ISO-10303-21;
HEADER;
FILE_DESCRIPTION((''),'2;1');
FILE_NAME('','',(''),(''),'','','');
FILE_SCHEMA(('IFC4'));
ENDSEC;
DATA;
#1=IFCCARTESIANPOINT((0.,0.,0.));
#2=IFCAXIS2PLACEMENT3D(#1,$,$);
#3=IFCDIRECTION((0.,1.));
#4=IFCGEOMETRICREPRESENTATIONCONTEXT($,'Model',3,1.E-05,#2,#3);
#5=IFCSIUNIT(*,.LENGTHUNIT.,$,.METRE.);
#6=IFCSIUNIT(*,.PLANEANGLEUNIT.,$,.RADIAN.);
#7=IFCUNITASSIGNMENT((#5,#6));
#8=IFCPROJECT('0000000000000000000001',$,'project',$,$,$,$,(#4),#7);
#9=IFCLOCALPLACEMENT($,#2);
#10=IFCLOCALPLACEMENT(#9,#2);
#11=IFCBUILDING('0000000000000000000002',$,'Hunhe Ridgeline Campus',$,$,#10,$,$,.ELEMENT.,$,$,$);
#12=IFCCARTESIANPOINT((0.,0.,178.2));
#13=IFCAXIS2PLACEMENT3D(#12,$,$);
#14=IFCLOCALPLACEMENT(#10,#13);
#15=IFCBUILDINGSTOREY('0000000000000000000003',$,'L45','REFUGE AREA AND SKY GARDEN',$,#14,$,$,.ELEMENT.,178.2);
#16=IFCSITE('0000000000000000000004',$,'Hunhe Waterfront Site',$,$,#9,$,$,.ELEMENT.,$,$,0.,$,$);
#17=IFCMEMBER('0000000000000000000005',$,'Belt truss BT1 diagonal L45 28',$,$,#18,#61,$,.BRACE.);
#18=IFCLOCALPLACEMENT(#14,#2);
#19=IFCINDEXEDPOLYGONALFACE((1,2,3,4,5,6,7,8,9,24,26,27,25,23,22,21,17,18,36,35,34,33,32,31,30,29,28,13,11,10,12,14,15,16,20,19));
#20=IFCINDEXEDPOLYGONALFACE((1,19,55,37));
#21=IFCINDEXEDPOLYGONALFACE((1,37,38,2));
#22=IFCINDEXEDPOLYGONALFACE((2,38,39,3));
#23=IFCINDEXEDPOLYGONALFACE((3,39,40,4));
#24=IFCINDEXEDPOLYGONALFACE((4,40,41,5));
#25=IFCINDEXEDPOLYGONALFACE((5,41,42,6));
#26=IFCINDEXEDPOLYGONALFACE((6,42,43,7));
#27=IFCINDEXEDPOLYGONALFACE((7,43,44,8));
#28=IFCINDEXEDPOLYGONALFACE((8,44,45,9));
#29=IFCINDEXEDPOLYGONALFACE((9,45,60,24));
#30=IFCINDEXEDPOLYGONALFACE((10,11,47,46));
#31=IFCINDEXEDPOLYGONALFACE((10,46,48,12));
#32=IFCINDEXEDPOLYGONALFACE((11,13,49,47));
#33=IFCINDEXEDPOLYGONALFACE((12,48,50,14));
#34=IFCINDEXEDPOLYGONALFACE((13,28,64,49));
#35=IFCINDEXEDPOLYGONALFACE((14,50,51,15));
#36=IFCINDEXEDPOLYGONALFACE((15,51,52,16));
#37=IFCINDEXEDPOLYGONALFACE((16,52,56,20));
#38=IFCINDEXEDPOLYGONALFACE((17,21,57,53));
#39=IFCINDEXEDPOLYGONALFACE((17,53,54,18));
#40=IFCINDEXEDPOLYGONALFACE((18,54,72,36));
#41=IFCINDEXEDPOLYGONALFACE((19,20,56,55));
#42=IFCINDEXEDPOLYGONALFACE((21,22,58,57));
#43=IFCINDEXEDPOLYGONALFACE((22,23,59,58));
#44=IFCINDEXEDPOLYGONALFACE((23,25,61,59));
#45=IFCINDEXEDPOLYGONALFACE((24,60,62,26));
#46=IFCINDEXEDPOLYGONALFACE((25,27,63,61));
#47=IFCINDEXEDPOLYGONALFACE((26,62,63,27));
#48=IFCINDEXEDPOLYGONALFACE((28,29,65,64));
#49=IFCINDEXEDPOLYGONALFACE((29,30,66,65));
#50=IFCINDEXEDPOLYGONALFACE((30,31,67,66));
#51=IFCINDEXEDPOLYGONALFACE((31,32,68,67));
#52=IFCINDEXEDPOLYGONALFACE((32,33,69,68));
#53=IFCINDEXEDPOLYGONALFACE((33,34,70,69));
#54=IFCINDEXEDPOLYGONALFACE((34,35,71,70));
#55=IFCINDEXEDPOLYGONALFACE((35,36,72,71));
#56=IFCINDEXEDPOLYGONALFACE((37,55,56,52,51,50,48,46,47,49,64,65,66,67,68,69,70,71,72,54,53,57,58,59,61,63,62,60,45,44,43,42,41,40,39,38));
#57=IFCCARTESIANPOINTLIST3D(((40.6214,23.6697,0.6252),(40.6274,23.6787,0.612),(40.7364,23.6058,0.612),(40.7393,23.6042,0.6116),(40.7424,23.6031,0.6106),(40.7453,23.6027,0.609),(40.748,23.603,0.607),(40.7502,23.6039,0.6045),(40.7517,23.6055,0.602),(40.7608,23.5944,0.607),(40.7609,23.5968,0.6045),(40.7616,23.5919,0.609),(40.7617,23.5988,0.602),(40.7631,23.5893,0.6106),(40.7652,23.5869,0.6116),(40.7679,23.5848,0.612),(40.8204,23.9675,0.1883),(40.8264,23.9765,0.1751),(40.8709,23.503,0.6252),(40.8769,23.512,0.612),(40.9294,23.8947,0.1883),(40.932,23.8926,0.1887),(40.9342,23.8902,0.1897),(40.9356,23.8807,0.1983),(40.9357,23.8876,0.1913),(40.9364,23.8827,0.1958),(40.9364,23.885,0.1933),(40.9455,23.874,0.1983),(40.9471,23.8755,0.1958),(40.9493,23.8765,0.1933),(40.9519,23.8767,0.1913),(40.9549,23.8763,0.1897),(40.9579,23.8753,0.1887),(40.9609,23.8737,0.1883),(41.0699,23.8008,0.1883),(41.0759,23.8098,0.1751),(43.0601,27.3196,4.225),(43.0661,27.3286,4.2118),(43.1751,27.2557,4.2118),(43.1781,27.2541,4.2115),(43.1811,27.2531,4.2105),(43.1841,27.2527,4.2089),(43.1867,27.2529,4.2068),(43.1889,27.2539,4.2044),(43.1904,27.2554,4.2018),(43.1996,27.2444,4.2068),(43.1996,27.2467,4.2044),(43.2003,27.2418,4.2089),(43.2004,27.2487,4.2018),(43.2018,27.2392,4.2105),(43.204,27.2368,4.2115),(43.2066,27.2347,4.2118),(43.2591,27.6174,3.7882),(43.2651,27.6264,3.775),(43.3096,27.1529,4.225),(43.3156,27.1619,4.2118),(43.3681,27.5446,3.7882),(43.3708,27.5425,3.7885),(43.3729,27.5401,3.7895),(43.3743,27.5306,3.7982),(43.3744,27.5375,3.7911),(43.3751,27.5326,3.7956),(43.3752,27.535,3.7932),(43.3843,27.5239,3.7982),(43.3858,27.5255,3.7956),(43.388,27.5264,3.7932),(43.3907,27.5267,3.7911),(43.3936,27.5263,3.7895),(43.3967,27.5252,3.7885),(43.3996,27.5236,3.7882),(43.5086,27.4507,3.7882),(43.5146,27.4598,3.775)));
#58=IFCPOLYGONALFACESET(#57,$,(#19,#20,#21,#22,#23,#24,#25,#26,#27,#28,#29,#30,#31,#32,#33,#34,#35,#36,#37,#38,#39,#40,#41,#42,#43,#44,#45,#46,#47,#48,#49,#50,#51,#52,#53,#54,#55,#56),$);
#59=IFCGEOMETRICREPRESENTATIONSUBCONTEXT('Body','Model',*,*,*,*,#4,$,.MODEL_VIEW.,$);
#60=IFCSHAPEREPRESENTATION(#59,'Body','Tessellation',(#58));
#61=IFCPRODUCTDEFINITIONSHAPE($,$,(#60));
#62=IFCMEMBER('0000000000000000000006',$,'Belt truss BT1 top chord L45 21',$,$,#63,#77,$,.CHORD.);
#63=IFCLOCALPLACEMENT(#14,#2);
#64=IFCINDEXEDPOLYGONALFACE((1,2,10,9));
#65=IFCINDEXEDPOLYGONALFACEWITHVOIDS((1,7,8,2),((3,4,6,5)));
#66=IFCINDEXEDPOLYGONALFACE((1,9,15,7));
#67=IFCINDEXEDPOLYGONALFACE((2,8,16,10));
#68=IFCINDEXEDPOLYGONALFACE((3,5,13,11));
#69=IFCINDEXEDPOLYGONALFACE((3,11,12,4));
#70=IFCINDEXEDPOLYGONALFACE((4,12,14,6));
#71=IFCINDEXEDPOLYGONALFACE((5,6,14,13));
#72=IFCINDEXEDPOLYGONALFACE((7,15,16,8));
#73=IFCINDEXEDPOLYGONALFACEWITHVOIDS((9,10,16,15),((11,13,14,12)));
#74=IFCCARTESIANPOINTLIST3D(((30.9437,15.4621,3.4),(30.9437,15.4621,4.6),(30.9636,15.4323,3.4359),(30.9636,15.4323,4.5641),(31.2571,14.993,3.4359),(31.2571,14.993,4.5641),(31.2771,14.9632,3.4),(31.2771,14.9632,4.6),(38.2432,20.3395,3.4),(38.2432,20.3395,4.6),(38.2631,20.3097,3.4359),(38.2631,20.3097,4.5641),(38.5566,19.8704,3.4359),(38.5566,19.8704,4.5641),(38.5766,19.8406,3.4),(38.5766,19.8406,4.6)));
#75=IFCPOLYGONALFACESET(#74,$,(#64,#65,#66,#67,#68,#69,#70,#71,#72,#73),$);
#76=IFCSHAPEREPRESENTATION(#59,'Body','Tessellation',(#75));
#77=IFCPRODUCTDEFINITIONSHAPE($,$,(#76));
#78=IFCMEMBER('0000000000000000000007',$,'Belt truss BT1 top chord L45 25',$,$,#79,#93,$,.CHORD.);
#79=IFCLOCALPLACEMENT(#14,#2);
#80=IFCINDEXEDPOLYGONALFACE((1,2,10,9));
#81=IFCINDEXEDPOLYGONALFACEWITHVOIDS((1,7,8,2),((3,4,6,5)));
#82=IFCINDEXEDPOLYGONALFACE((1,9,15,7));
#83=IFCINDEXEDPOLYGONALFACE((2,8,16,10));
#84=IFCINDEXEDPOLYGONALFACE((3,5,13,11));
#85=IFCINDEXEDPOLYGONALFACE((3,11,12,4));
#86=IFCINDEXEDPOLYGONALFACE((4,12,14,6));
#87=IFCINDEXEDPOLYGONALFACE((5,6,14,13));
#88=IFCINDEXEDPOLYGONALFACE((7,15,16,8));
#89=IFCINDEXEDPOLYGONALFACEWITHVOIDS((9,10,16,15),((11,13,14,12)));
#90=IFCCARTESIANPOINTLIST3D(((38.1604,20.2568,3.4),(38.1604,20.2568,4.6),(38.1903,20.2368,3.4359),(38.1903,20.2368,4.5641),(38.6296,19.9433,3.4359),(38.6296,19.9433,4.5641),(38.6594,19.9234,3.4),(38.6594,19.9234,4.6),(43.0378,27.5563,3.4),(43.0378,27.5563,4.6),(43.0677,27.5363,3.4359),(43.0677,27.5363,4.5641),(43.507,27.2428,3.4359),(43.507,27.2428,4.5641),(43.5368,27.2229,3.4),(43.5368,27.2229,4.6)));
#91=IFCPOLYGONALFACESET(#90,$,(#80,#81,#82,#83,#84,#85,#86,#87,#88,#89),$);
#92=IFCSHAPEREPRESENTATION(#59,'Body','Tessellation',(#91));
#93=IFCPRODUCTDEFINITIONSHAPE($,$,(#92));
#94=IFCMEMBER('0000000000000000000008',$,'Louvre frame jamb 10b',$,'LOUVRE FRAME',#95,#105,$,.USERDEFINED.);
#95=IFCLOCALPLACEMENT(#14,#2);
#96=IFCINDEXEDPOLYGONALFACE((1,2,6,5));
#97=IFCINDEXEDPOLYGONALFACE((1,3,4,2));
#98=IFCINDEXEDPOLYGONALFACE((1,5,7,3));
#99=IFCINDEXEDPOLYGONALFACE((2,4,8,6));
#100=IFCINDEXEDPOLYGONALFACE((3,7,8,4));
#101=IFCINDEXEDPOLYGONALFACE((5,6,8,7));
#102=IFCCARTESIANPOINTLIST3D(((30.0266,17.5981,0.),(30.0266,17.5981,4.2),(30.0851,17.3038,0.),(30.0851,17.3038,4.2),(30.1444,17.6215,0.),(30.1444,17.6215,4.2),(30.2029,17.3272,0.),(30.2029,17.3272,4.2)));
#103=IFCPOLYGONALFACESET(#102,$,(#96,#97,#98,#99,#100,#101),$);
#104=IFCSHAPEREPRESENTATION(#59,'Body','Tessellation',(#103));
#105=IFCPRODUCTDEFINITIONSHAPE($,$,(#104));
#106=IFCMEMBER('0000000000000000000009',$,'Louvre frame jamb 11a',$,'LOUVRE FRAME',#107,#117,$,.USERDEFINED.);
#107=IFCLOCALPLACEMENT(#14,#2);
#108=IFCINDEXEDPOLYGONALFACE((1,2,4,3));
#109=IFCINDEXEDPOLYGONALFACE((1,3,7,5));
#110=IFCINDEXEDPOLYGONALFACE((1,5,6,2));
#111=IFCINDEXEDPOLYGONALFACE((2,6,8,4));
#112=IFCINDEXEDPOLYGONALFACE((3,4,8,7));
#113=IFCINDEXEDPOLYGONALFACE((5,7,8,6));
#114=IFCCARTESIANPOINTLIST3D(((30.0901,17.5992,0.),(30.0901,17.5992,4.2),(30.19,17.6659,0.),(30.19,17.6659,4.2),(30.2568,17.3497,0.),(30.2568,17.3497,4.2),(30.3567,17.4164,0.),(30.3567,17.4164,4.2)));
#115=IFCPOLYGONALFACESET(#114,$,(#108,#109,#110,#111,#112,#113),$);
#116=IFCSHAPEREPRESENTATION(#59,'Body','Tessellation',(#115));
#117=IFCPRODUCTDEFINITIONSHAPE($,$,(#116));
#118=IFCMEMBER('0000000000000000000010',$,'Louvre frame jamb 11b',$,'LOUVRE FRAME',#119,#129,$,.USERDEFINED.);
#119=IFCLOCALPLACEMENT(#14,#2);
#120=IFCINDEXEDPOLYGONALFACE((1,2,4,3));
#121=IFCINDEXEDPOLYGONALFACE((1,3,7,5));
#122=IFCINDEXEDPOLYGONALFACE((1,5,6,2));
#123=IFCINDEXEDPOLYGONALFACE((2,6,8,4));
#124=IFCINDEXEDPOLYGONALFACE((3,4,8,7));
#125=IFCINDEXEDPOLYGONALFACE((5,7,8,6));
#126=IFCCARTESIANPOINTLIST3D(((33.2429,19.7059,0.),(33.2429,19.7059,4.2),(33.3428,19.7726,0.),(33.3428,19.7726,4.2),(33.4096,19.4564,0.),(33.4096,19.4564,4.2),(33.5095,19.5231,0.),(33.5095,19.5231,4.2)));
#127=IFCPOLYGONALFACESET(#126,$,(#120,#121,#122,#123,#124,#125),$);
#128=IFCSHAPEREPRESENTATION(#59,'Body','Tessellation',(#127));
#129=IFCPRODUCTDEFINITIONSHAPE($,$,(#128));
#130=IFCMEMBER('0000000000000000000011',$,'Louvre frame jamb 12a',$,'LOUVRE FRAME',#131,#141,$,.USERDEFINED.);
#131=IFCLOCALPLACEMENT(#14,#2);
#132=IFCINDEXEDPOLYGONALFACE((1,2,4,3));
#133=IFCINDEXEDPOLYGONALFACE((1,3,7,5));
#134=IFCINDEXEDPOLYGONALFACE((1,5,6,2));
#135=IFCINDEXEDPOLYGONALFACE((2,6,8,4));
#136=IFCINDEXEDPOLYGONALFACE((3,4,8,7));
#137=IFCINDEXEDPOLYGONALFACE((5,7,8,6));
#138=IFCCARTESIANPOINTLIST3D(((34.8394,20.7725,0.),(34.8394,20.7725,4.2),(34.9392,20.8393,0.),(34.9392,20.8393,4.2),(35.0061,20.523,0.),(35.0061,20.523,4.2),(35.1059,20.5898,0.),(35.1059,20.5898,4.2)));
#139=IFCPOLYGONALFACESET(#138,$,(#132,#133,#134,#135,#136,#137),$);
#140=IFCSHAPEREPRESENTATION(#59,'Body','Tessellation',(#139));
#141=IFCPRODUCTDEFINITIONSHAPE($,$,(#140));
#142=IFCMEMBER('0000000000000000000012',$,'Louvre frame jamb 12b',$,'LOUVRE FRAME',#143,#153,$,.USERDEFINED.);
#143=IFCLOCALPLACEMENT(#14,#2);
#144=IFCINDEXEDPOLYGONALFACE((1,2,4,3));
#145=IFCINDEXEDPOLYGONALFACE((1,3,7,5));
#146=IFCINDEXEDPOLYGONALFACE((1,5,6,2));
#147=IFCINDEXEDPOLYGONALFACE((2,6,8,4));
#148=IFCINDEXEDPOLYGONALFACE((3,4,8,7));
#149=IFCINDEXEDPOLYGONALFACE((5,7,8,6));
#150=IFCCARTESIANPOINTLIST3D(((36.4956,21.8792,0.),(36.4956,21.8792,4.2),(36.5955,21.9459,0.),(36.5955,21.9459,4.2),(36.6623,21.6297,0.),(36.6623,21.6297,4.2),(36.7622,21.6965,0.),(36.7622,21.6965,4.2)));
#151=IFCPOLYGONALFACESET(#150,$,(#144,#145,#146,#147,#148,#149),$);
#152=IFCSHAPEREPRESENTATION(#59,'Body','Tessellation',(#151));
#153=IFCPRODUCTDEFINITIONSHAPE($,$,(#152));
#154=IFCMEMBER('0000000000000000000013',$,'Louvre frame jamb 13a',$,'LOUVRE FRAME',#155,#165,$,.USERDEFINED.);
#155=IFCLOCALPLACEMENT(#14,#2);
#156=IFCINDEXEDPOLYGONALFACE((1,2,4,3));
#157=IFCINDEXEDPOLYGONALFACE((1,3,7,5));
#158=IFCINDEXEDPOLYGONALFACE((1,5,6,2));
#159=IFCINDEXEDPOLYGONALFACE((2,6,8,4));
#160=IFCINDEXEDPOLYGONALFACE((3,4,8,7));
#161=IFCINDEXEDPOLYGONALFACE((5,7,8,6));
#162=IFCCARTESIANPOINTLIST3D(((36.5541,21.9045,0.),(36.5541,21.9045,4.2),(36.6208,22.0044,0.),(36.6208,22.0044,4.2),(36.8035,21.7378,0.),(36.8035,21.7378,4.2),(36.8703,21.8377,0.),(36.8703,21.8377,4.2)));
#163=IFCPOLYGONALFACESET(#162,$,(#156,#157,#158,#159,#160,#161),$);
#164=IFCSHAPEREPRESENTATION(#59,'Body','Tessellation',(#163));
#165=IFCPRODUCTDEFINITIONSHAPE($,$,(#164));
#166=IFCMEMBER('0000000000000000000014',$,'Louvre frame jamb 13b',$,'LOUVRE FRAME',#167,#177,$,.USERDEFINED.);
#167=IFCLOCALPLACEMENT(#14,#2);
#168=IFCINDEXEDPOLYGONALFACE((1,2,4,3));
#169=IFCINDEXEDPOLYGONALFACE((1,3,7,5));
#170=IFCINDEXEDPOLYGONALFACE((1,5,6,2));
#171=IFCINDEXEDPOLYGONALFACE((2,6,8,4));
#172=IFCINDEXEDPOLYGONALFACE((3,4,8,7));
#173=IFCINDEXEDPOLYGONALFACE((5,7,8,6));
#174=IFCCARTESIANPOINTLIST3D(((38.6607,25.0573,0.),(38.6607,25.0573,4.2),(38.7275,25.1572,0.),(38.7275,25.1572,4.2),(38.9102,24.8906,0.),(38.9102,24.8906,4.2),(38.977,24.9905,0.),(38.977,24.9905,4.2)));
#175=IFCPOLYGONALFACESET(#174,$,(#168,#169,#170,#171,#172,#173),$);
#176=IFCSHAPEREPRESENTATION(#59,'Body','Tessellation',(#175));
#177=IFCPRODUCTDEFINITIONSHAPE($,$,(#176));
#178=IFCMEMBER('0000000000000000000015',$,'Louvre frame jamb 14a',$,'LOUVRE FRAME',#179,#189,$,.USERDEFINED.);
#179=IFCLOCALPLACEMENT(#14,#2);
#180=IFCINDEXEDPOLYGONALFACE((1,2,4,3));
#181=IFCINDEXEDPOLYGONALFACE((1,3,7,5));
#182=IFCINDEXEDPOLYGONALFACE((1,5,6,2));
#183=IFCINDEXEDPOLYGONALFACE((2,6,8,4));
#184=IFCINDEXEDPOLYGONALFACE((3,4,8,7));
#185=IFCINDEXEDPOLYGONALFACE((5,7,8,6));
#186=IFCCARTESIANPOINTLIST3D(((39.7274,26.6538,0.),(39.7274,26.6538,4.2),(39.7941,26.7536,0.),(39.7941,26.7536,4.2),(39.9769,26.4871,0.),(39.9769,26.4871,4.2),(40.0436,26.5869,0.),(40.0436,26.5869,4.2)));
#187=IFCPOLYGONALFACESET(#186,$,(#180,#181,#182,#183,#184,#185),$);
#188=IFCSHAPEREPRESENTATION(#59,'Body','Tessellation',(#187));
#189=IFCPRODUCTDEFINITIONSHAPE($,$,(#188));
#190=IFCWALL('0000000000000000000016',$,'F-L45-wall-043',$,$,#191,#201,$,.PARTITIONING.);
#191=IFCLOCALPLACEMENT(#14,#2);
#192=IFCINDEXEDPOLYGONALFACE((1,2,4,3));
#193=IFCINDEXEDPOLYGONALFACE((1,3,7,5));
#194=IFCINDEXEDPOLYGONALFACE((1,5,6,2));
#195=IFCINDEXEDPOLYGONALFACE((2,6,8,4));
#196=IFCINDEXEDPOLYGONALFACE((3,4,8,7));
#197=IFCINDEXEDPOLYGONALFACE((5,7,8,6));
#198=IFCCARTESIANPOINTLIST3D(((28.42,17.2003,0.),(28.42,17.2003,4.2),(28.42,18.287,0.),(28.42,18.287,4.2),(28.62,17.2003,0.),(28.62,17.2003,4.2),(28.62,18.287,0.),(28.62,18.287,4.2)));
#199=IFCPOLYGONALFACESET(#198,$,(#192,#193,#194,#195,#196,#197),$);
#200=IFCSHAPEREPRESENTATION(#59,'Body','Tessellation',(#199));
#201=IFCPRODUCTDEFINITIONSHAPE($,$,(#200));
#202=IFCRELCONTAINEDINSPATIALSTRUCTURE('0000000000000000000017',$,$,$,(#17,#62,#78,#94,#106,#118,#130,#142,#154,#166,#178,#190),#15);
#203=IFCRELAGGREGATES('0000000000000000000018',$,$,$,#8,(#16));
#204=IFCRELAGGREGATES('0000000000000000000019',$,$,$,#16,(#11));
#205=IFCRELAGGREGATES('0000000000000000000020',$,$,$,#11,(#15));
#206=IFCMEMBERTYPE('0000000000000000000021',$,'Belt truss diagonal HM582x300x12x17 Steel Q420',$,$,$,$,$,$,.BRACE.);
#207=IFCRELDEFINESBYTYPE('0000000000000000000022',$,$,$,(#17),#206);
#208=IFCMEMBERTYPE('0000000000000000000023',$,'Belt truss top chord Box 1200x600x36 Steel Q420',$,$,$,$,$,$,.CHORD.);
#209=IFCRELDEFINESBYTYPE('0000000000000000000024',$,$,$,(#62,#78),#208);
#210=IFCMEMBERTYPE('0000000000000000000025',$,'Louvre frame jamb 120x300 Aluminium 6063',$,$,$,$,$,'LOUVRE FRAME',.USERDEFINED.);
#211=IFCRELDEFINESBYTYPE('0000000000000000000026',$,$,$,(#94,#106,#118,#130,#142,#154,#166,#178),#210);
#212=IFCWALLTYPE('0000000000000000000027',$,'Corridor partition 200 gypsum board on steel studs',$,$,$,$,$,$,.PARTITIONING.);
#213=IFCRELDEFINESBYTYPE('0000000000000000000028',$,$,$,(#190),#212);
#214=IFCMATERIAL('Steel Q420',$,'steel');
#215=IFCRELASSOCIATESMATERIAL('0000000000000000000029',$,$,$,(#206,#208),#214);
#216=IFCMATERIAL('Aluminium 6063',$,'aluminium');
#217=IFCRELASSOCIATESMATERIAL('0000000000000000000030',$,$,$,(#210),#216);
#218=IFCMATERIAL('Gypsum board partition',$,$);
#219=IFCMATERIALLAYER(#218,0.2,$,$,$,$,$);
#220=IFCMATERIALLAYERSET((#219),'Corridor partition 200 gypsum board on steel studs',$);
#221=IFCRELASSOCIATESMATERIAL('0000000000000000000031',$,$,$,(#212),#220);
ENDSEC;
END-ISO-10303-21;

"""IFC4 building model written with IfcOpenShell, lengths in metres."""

from ifc_helpers import new_model, si_unit, direction, frame, frame_2d, origin, origin_2d, place, context, subcontext, project, spatial, rectangle, hollow_rectangle, i_section, extrude, material, layer, layer_set, material_profile, profile_set, type_object, element, save


model = new_model("IFC4")

# Units and contexts
model_context = context("Model", 3, precision=1e-05, world=origin(), true_north=direction((0.0, 1.0)))
body_context = subcontext(model_context, "Body", "Model", "MODEL_VIEW")
ifc_project = project(units=[si_unit("LENGTHUNIT", "METRE"), si_unit("PLANEANGLEUNIT", "RADIAN")], contexts=[model_context])

# Site, building, storey
site_placement = place(None, origin())
site = spatial("IfcSite", under=ifc_project, at=site_placement, Name="Hunhe Waterfront Site", CompositionType="ELEMENT", RefElevation=0.0)
building_placement = place(site_placement, origin())
building = spatial("IfcBuilding", under=site, at=building_placement, Name="Hunhe Ridgeline Campus", CompositionType="ELEMENT")
storey_placement = place(building_placement, frame((0.0, 0.0, 178.2)))
storey = spatial("IfcBuildingStorey", under=building, at=storey_placement, Name="L45", Description="REFUGE AREA AND SKY GARDEN", CompositionType="ELEMENT", Elevation=178.2)

# Members
ifc_material_1 = material(Name="Steel Q420", Category="steel")
ifc_material_profile_1 = material_profile(ifc_material_1, i_section(OverallWidth=0.3, OverallDepth=0.582, WebThickness=0.012, FlangeThickness=0.0171, FilletRadius=0.0129, at=origin_2d()))
ifc_profile_set_1 = profile_set([ifc_material_profile_1], Name="Steel Q420")
member_type_1 = type_object("IfcMemberType", Name="Belt truss diagonal HM582x300x12x17 Steel Q420", PredefinedType="BRACE", material=ifc_profile_set_1)
member_1_placement = place(storey_placement, frame((40.8486, 23.7397, 0.4001), z_axis=(0.429581, 0.64293, 0.634114), x_axis=(-0.831477, 0.55556, 0.0)))
element("IfcMember", 1, at=member_1_placement, inside=storey, type_object=member_type_1, Name="Belt truss BT1 diagonal L45 28", PredefinedType="BRACE", context=body_context, shape_type="SweptSolid", body=[
    extrude(i_section(OverallWidth=0.3, OverallDepth=0.582, WebThickness=0.012, FlangeThickness=0.0171, FilletRadius=0.0129, at=origin_2d()), origin(), (0.0, 0.0, 1.0), 5.677),
])
ifc_material_profile_2 = material_profile(ifc_material_1, hollow_rectangle(XDim=0.6001, YDim=1.2, WallThickness=0.0359, at=origin_2d()))
ifc_profile_set_2 = profile_set([ifc_material_profile_2], Name="Steel Q420")
member_type_2 = type_object("IfcMemberType", Name="Belt truss top chord Box 1200x600x36 Steel Q420", PredefinedType="CHORD", material=ifc_profile_set_2)
for number, where, z_axis, x_axis, name in (
    (2, (31.1104, 15.2126, 4.0), (0.831468, 0.555573, 0.0), (-0.555573, 0.831468, 0.0), "Belt truss BT1 top chord L45 21"),
    (3, (38.4099, 20.0901, 4.0), (0.555573, 0.831468, 0.0), (-0.831468, 0.555573, 0.0), "Belt truss BT1 top chord L45 25"),
):
    element("IfcMember", number, at=place(storey_placement, frame(where, z_axis=z_axis, x_axis=x_axis)), inside=storey, type_object=member_type_2, Name=name, PredefinedType="CHORD", context=body_context, shape_type="SweptSolid", body=[
        extrude(hollow_rectangle(XDim=0.6001, YDim=1.2, WallThickness=0.0359, at=origin_2d()), origin(), (0.0, 0.0, 1.0), 8.7791),
    ])
ifc_material_2 = material(Name="Aluminium 6063", Category="aluminium")
ifc_material_profile_3 = material_profile(ifc_material_2, rectangle(XDim=0.3, YDim=0.1201, at=origin_2d()))
ifc_profile_set_3 = profile_set([ifc_material_profile_3], Name="Aluminium 6063")
member_type_3 = type_object("IfcMemberType", Name="Louvre frame jamb 120x300 Aluminium 6063", ElementType="LOUVRE FRAME", PredefinedType="USERDEFINED", material=ifc_profile_set_3)
for number, where, z_axis, x_axis, name in (
    (4, (30.1147, 17.4626, 0.0), (0.0, 0.0, 1.0), (-0.19509, 0.980785, 0.0), "Louvre frame jamb 10b"),
    (5, (30.2234, 17.5078, 0.0), (0.0, 0.0, 1.0), (-0.55557, 0.83147, 0.0), "Louvre frame jamb 11a"),
    (6, (33.3762, 19.6145, 0.0), (0.0, 0.0, 1.0), (-0.55557, 0.83147, 0.0), "Louvre frame jamb 11b"),
    (7, (34.9727, 20.6812, 0.0), (0.0, 0.0, 1.0), (-0.55557, 0.83147, 0.0), "Louvre frame jamb 12a"),
    (8, (36.6289, 21.7878, 0.0), (0.0, 0.0, 1.0), (-0.55557, 0.83147, 0.0), "Louvre frame jamb 12b"),
    (9, (36.7122, 21.8711, 0.0), (0.0, 0.0, 1.0), (-0.83147, 0.55557, 0.0), "Louvre frame jamb 13a"),
    (10, (38.8188, 25.0239, 0.0), (0.0, 0.0, 1.0), (-0.83147, 0.55557, 0.0), "Louvre frame jamb 13b"),
    (11, (39.8855, 26.6204, 0.0), (0.0, 0.0, 1.0), (-0.83147, 0.55557, 0.0), "Louvre frame jamb 14a"),
):
    element("IfcMember", number, at=place(storey_placement, frame(where, z_axis=z_axis, x_axis=x_axis)), inside=storey, type_object=member_type_3, Name=name, ObjectType="LOUVRE FRAME", PredefinedType="USERDEFINED", context=body_context, shape_type="SweptSolid", body=[
        extrude(rectangle(XDim=0.3, YDim=0.1201, at=origin_2d()), origin(), (0.0, 0.0, 1.0), 4.2),
    ])

# Wall
ifc_material_3 = material(Name="Gypsum board partition")
ifc_layer_1 = layer(ifc_material_3, 0.2)
ifc_layer_set_1 = layer_set([ifc_layer_1], Name="Corridor partition 200 gypsum board on steel studs")
wall_type_1 = type_object("IfcWallType", Name="Corridor partition 200 gypsum board on steel studs", PredefinedType="PARTITIONING", material=ifc_layer_set_1)
wall_1_placement = place(storey_placement, frame((28.52, 18.2871, 0.0), z_axis=(0.0, 0.0, 1.0), x_axis=(0.0, -1.0, 0.0)))
element("IfcWall", 12, at=wall_1_placement, inside=storey, type_object=wall_type_1, Name="F-L45-wall-043", PredefinedType="PARTITIONING", context=body_context, shape_type="SweptSolid", body=[
    extrude(rectangle(XDim=1.0867, YDim=0.2, at=frame_2d((0.5435, 0.0))), origin(), (0.0, 0.0, 1.0), 4.2),
])

save(model, "model.ifc")
